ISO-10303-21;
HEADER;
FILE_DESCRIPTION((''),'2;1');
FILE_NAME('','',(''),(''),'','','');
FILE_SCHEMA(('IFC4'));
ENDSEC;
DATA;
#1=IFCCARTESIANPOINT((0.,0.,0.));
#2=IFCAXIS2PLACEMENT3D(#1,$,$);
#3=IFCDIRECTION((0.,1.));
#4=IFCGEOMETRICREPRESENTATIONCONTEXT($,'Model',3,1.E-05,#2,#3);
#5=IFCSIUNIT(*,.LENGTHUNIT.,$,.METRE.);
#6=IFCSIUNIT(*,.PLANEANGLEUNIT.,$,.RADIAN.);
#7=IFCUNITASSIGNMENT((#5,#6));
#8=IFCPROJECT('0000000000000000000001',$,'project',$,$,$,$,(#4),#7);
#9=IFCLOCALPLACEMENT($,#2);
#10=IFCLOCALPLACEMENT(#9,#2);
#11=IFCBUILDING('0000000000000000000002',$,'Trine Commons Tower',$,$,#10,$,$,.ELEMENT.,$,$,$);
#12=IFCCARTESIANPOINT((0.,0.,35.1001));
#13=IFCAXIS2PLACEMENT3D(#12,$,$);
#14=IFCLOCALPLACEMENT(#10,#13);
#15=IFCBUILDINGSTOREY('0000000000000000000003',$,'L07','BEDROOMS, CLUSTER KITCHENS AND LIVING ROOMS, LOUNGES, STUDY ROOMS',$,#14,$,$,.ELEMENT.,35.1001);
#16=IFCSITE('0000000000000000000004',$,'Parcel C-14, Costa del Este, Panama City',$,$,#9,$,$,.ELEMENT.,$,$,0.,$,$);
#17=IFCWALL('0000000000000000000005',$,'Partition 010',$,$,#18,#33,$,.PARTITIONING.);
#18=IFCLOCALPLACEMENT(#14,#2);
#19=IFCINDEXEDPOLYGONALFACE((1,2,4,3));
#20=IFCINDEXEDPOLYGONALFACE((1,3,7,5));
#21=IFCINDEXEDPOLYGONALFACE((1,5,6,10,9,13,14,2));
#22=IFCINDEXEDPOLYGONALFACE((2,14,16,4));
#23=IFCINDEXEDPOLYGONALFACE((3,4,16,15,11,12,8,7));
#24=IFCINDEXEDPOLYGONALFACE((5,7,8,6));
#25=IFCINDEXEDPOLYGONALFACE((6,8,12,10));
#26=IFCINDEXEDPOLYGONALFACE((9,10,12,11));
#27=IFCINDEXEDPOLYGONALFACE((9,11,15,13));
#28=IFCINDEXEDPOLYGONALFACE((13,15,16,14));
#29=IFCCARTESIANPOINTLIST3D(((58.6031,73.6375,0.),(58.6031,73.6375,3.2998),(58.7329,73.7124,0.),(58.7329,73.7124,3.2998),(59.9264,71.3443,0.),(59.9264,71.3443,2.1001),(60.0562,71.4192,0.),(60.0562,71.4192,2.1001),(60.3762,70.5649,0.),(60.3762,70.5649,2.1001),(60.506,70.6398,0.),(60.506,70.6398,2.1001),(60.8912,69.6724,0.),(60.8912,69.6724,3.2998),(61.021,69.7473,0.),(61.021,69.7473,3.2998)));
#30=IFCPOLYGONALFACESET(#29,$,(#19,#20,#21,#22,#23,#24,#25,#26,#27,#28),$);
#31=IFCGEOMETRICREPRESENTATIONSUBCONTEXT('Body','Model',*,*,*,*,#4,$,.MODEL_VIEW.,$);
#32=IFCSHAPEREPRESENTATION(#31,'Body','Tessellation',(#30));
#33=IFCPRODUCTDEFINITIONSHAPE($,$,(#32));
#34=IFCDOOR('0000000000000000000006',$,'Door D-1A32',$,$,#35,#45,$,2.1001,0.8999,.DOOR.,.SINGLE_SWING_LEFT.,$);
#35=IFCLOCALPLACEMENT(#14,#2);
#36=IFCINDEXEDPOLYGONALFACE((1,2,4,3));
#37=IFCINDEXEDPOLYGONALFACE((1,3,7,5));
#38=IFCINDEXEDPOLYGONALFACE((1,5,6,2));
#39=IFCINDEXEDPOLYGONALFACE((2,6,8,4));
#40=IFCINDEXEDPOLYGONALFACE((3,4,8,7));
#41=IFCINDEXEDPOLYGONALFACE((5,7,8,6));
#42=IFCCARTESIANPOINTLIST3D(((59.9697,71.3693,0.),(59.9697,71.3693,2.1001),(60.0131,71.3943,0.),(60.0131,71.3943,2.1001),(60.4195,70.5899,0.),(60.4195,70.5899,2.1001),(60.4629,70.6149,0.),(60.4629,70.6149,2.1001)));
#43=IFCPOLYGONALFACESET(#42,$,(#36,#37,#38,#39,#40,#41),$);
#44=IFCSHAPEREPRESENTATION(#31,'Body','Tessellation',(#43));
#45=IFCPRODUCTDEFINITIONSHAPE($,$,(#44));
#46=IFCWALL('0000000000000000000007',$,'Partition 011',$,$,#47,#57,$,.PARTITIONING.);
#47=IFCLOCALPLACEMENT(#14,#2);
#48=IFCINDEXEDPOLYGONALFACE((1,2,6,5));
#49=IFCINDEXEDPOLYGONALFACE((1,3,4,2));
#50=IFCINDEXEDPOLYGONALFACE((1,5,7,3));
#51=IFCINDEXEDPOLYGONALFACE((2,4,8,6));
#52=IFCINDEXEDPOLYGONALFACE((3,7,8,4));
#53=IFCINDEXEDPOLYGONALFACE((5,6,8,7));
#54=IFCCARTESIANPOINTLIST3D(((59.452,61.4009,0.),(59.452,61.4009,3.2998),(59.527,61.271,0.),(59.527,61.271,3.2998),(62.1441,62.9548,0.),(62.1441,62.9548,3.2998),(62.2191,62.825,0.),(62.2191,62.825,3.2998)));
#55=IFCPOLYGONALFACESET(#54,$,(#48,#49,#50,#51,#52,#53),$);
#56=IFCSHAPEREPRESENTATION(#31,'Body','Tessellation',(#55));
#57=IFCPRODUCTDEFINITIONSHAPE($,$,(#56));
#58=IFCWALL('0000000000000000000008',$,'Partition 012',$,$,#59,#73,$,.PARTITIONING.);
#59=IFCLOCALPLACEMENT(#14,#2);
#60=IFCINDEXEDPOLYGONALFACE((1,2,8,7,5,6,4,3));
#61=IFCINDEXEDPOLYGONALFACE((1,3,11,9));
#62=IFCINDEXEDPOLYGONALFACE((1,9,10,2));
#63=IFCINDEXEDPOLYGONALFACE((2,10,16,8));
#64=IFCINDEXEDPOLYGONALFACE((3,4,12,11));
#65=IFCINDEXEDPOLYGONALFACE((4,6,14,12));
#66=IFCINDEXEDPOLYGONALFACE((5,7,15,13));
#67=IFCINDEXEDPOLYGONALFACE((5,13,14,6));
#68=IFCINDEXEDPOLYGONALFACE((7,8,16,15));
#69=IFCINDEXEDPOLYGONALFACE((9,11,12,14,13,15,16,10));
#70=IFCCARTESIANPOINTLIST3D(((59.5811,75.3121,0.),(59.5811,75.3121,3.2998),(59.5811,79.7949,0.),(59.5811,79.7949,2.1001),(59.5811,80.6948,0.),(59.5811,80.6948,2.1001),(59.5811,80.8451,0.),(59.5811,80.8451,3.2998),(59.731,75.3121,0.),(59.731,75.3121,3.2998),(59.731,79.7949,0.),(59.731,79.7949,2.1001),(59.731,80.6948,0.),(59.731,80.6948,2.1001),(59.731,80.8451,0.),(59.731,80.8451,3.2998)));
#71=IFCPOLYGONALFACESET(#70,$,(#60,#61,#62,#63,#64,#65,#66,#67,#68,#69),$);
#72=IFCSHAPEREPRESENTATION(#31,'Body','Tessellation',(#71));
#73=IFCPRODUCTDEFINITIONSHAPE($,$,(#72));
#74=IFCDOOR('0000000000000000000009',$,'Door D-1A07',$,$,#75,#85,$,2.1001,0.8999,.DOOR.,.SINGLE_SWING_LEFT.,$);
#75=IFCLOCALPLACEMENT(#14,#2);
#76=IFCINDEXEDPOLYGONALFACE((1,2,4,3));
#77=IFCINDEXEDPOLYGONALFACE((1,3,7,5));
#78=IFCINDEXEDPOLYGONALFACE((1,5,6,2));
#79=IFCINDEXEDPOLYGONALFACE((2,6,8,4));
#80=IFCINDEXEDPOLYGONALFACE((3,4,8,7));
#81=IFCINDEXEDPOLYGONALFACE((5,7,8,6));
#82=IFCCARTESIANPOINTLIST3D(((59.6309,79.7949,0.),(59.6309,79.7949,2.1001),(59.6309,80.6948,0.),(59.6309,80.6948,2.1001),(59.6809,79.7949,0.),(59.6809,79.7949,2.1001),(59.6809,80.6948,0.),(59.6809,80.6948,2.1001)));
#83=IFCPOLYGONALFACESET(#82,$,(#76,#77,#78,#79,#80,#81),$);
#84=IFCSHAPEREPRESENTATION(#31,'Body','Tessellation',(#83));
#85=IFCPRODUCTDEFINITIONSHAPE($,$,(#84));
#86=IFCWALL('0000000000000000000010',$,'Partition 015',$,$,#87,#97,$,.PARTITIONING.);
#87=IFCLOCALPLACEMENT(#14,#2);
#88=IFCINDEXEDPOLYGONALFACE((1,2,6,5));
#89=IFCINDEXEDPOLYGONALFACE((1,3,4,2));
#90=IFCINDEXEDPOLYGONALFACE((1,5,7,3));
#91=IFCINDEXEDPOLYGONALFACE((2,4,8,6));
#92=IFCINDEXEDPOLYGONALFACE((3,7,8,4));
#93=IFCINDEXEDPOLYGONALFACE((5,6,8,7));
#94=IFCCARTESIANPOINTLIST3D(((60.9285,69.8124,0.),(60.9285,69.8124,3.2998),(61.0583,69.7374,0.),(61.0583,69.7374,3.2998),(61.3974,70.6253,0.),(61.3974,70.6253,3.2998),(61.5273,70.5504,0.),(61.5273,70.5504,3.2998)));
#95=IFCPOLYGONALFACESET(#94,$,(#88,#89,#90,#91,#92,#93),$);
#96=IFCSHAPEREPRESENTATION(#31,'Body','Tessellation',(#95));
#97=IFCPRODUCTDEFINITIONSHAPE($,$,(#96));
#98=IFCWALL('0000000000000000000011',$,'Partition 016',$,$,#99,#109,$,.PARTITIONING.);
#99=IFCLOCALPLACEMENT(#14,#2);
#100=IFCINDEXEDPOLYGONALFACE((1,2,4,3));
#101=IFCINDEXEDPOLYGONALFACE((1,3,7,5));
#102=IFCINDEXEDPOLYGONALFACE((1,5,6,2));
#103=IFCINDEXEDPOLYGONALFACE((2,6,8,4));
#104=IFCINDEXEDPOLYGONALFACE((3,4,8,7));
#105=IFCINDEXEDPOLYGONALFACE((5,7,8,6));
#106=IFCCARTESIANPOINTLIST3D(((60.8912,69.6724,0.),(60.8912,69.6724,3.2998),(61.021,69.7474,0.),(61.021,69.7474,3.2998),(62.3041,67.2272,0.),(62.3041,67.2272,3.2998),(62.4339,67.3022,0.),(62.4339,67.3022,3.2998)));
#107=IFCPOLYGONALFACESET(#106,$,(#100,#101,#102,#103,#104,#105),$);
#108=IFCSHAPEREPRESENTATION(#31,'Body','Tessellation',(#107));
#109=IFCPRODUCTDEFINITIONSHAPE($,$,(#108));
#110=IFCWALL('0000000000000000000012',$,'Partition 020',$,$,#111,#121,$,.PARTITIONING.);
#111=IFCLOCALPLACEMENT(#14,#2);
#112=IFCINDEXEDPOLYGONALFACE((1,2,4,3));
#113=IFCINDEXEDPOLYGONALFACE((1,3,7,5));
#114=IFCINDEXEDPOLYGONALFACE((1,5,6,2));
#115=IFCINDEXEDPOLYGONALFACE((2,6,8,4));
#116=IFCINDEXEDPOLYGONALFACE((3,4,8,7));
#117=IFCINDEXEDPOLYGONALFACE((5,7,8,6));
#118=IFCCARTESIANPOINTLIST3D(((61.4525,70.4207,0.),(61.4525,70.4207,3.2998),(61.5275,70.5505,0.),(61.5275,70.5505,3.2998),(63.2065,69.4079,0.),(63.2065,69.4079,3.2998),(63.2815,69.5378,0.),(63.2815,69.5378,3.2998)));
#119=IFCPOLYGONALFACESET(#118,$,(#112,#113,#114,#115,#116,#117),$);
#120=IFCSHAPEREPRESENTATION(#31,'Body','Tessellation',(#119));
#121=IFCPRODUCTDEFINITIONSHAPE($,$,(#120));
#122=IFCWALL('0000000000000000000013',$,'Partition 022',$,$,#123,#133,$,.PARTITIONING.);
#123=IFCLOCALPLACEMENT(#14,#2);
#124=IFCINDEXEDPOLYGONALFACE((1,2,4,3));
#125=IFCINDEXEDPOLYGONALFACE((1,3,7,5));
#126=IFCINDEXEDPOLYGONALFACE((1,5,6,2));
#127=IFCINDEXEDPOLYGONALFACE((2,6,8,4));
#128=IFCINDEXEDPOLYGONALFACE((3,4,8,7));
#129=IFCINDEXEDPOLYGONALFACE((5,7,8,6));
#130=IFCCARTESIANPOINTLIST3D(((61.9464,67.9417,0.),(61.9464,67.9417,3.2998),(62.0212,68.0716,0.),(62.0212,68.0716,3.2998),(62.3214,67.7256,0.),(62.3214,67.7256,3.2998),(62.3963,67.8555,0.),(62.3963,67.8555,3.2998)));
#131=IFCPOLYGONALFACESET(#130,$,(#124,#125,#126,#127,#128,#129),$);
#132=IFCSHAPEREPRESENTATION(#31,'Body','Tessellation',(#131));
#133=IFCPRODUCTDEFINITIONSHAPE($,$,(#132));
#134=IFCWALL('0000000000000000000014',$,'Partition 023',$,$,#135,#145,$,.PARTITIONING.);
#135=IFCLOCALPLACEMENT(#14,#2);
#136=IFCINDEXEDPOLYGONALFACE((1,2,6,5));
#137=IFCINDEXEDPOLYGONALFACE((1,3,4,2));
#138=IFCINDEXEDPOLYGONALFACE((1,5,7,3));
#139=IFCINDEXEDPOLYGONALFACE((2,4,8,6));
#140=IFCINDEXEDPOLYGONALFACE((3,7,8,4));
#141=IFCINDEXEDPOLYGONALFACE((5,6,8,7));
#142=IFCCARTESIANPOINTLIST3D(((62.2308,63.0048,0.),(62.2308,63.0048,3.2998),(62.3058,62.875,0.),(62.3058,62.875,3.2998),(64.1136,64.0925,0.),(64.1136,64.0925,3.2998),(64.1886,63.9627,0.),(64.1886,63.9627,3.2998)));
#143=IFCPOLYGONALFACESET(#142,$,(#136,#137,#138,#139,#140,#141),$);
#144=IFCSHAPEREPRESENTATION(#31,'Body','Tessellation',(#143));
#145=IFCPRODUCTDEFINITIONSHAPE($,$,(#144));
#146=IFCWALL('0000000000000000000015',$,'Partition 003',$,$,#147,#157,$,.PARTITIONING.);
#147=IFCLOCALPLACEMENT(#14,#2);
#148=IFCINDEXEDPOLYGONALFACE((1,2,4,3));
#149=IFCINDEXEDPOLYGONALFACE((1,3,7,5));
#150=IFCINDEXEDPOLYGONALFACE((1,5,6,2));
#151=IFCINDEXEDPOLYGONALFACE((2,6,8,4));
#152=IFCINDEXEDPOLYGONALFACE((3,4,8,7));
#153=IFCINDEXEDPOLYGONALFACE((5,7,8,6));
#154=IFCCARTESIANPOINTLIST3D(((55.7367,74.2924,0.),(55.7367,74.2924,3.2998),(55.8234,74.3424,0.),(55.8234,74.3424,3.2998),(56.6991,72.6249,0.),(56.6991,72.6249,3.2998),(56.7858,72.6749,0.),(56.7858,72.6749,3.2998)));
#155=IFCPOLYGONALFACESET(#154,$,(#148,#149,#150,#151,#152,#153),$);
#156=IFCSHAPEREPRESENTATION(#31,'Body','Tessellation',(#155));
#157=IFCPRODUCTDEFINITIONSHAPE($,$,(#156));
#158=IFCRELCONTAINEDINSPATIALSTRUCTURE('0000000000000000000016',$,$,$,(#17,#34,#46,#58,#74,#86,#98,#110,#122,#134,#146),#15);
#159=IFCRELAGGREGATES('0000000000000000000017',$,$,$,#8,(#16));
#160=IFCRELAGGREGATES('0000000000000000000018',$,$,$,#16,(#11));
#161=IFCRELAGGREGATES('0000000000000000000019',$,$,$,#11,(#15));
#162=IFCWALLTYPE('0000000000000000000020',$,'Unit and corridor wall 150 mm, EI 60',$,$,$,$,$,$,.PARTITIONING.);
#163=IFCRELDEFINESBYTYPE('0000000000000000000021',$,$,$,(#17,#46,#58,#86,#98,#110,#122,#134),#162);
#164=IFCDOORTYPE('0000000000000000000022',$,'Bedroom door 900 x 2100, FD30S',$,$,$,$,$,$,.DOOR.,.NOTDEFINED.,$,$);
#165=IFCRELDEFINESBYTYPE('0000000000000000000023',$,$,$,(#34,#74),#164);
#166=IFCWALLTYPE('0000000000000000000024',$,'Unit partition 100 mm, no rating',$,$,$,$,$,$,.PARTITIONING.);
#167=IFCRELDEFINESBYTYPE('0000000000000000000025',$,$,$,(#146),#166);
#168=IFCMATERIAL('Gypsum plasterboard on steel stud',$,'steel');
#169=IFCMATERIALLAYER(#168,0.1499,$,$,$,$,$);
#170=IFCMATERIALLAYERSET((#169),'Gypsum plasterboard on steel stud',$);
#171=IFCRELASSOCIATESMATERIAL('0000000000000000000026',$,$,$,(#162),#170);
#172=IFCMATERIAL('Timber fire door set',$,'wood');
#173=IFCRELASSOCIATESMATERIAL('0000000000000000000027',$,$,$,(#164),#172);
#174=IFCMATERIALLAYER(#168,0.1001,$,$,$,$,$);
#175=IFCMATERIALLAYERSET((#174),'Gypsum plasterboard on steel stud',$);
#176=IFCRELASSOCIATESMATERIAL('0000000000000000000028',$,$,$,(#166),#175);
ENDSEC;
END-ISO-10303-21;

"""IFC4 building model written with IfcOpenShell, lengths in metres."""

from ifc_helpers import new_model, si_unit, direction, frame, frame_2d, origin, place, context, subcontext, project, spatial, rectangle, extrude, material, layer, layer_set, type_object, element, fill, save


model = new_model("IFC4")

# Units and contexts
model_context = context("Model", 3, precision=1e-05, world=origin(), true_north=direction((0.0, 1.0)))
body_context = subcontext(model_context, "Body", "Model", "MODEL_VIEW")
ifc_project = project(units=[si_unit("LENGTHUNIT", "METRE"), si_unit("PLANEANGLEUNIT", "RADIAN")], contexts=[model_context])

# Site, building, storey
site_placement = place(None, origin())
site = spatial("IfcSite", under=ifc_project, at=site_placement, Name="Parcel C-14, Costa del Este, Panama City", CompositionType="ELEMENT", RefElevation=0.0)
building_placement = place(site_placement, origin())
building = spatial("IfcBuilding", under=site, at=building_placement, Name="Trine Commons Tower", CompositionType="ELEMENT")
storey_placement = place(building_placement, frame((0.0, 0.0, 35.1001)))
storey = spatial("IfcBuildingStorey", under=building, at=storey_placement, Name="L07", Description="BEDROOMS, CLUSTER KITCHENS AND LIVING ROOMS, LOUNGES, STUDY ROOMS", CompositionType="ELEMENT", Elevation=35.1001)

# Shared definitions
ifc_material_1 = material(Name="Gypsum plasterboard on steel stud", Category="steel")
ifc_layer_1 = layer(ifc_material_1, 0.1499)
ifc_layer_set_1 = layer_set([ifc_layer_1], Name="Gypsum plasterboard on steel stud")
wall_type_1 = type_object("IfcWallType", Name="Unit and corridor wall 150 mm, EI 60", PredefinedType="PARTITIONING", material=ifc_layer_set_1)

# Wall, opening, door
wall_1_placement = place(storey_placement, frame((58.668, 73.675, 0.0), z_axis=(0.0, 0.0, 1.0), x_axis=(0.49981, -0.866135, 0.0)))
wall_1 = element("IfcWall", 1, at=wall_1_placement, inside=storey, type_object=wall_type_1, Name="Partition 010", PredefinedType="PARTITIONING", context=body_context, shape_type="SweptSolid", body=[
    extrude(rectangle(XDim=4.5779, YDim=0.1499, at=frame_2d((2.2891, 0.0))), origin(), (0.0, 0.0, 1.0), 3.2998),
])
opening_1_placement = place(wall_1_placement, frame((2.6477, 0.0, 0.0)))
opening_1 = element("IfcOpeningElement", 2, at=opening_1_placement, cuts=wall_1, PredefinedType="OPENING", context=body_context, shape_type="SweptSolid", body=[
    extrude(rectangle(XDim=0.8999, YDim=2.1001, at=frame_2d((0.45, 1.05))), frame((0.0, 0.085, 0.0), z_axis=(0.0, -1.0, 0.0), x_axis=(1.0, 0.0, 0.0)), (0.0, 0.0, 1.0), 0.1699),
])
ifc_material_2 = material(Name="Timber fire door set", Category="wood")
door_type_1 = type_object("IfcDoorType", Name="Bedroom door 900 x 2100, FD30S", OperationType="NOTDEFINED", PredefinedType="DOOR", material=ifc_material_2)
door_1_placement = place(opening_1_placement, frame((0.8999, 0.0, 0.0), z_axis=(0.0, 0.0, 1.0), x_axis=(-1.0, 0.0, 0.0)))
door_1 = element("IfcDoor", 3, at=door_1_placement, inside=storey, type_object=door_type_1, Name="Door D-1A32", OperationType="SINGLE_SWING_LEFT", OverallHeight=2.1001, OverallWidth=0.8999, PredefinedType="DOOR", context=body_context, shape_type="SweptSolid", body=[
    extrude(rectangle(XDim=0.8999, YDim=2.1001, at=frame_2d((0.45, 1.05))), frame((0.0, 0.0249, 0.0), z_axis=(0.0, -1.0, 0.0), x_axis=(1.0, 0.0, 0.0)), (0.0, 0.0, 1.0), 0.05),
])
fill(opening_1, door_1)

# Wall
wall_2_placement = place(storey_placement, frame((59.4895, 61.3359, 0.0), z_axis=(0.0, 0.0, 1.0), x_axis=(0.866074, 0.499915, 0.0)))
element("IfcWall", 4, at=wall_2_placement, inside=storey, type_object=wall_type_1, Name="Partition 011", PredefinedType="PARTITIONING", context=body_context, shape_type="SweptSolid", body=[
    extrude(rectangle(XDim=3.1084, YDim=0.1499, at=frame_2d((1.5542, 0.0))), origin(), (0.0, 0.0, 1.0), 3.2998),
])

# Wall, opening, door
wall_3_placement = place(storey_placement, frame((59.656, 75.312, 0.0), z_axis=(0.0, 0.0, 1.0), x_axis=(0.0, 1.0, 0.0)))
wall_3 = element("IfcWall", 5, at=wall_3_placement, inside=storey, type_object=wall_type_1, Name="Partition 012", PredefinedType="PARTITIONING", context=body_context, shape_type="SweptSolid", body=[
    extrude(rectangle(XDim=5.533, YDim=0.1499, at=frame_2d((2.7666, 0.0))), origin(), (0.0, 0.0, 1.0), 3.2998),
])
opening_2_placement = place(wall_3_placement, frame((4.4829, 0.0, 0.0)))
opening_2 = element("IfcOpeningElement", 6, at=opening_2_placement, cuts=wall_3, PredefinedType="OPENING", context=body_context, shape_type="SweptSolid", body=[
    extrude(rectangle(XDim=0.8999, YDim=2.1001, at=frame_2d((0.45, 1.05))), frame((0.0, 0.085, 0.0), z_axis=(0.0, -1.0, 0.0), x_axis=(1.0, 0.0, 0.0)), (0.0, 0.0, 1.0), 0.1699),
])
door_2_placement = place(opening_2_placement, frame((0.8999, 0.0, 0.0), z_axis=(0.0, 0.0, 1.0), x_axis=(-1.0, 0.0, 0.0)))
door_2 = element("IfcDoor", 7, at=door_2_placement, inside=storey, type_object=door_type_1, Name="Door D-1A07", OperationType="SINGLE_SWING_LEFT", OverallHeight=2.1001, OverallWidth=0.8999, PredefinedType="DOOR", context=body_context, shape_type="SweptSolid", body=[
    extrude(rectangle(XDim=0.8999, YDim=2.1001, at=frame_2d((0.45, 1.05))), frame((0.0, 0.0249, 0.0), z_axis=(0.0, -1.0, 0.0), x_axis=(1.0, 0.0, 0.0)), (0.0, 0.0, 1.0), 0.05),
])
fill(opening_2, door_2)

# Walls
wall_4_placement = place(storey_placement, frame((60.9934, 69.7749, 0.0), z_axis=(0.0, 0.0, 1.0), x_axis=(0.499692, 0.866203, 0.0)))
element("IfcWall", 8, at=wall_4_placement, inside=storey, type_object=wall_type_1, Name="Partition 015", PredefinedType="PARTITIONING", context=body_context, shape_type="SweptSolid", body=[
    extrude(rectangle(XDim=0.9385, YDim=0.1499, at=frame_2d((0.4692, 0.0))), origin(), (0.0, 0.0, 1.0), 3.2998),
])
wall_5_placement = place(storey_placement, frame((60.9561, 69.71, 0.0), z_axis=(0.0, 0.0, 1.0), x_axis=(0.500314, -0.865844, 0.0)))
element("IfcWall", 9, at=wall_5_placement, inside=storey, type_object=wall_type_1, Name="Partition 016", PredefinedType="PARTITIONING", context=body_context, shape_type="SweptSolid", body=[
    extrude(rectangle(XDim=2.824, YDim=0.1499, at=frame_2d((1.4121, 0.0))), origin(), (0.0, 0.0, 1.0), 3.2998),
])
wall_6_placement = place(storey_placement, frame((61.49, 70.4856, 0.0), z_axis=(0.0, 0.0, 1.0), x_axis=(0.866009, -0.500029, 0.0)))
element("IfcWall", 10, at=wall_6_placement, inside=storey, type_object=wall_type_1, Name="Partition 020", PredefinedType="PARTITIONING", context=body_context, shape_type="SweptSolid", body=[
    extrude(rectangle(XDim=2.0254, YDim=0.1499, at=frame_2d((1.0127, 0.0))), origin(), (0.0, 0.0, 1.0), 3.2998),
])
wall_7_placement = place(storey_placement, frame((61.9839, 68.0066, 0.0), z_axis=(0.0, 0.0, 1.0), x_axis=(0.866467, -0.499234, 0.0)))
element("IfcWall", 11, at=wall_7_placement, inside=storey, type_object=wall_type_1, Name="Partition 022", PredefinedType="PARTITIONING", context=body_context, shape_type="SweptSolid", body=[
    extrude(rectangle(XDim=0.4329, YDim=0.1499, at=frame_2d((0.2163, 0.0))), origin(), (0.0, 0.0, 1.0), 3.2998),
])
wall_8_placement = place(storey_placement, frame((62.2683, 62.9399, 0.0), z_axis=(0.0, 0.0, 1.0), x_axis=(0.865905, 0.500208, 0.0)))
element("IfcWall", 12, at=wall_8_placement, inside=storey, type_object=wall_type_1, Name="Partition 023", PredefinedType="PARTITIONING", context=body_context, shape_type="SweptSolid", body=[
    extrude(rectangle(XDim=2.1743, YDim=0.1499, at=frame_2d((1.0872, 0.0))), origin(), (0.0, 0.0, 1.0), 3.2998),
])
ifc_layer_2 = layer(ifc_material_1, 0.1001)
ifc_layer_set_2 = layer_set([ifc_layer_2], Name="Gypsum plasterboard on steel stud")
wall_type_2 = type_object("IfcWallType", Name="Unit partition 100 mm, no rating", PredefinedType="PARTITIONING", material=ifc_layer_set_2)
wall_9_placement = place(storey_placement, frame((55.78, 74.3174, 0.0), z_axis=(0.0, 0.0, 1.0), x_axis=(0.499876, -0.866097, 0.0)))
element("IfcWall", 13, at=wall_9_placement, inside=storey, type_object=wall_type_2, Name="Partition 003", PredefinedType="PARTITIONING", context=body_context, shape_type="SweptSolid", body=[
    extrude(rectangle(XDim=1.9253, YDim=0.1001, at=frame_2d((0.9626, 0.0))), origin(), (0.0, 0.0, 1.0), 3.2998),
])

save(model, "model.ifc")
